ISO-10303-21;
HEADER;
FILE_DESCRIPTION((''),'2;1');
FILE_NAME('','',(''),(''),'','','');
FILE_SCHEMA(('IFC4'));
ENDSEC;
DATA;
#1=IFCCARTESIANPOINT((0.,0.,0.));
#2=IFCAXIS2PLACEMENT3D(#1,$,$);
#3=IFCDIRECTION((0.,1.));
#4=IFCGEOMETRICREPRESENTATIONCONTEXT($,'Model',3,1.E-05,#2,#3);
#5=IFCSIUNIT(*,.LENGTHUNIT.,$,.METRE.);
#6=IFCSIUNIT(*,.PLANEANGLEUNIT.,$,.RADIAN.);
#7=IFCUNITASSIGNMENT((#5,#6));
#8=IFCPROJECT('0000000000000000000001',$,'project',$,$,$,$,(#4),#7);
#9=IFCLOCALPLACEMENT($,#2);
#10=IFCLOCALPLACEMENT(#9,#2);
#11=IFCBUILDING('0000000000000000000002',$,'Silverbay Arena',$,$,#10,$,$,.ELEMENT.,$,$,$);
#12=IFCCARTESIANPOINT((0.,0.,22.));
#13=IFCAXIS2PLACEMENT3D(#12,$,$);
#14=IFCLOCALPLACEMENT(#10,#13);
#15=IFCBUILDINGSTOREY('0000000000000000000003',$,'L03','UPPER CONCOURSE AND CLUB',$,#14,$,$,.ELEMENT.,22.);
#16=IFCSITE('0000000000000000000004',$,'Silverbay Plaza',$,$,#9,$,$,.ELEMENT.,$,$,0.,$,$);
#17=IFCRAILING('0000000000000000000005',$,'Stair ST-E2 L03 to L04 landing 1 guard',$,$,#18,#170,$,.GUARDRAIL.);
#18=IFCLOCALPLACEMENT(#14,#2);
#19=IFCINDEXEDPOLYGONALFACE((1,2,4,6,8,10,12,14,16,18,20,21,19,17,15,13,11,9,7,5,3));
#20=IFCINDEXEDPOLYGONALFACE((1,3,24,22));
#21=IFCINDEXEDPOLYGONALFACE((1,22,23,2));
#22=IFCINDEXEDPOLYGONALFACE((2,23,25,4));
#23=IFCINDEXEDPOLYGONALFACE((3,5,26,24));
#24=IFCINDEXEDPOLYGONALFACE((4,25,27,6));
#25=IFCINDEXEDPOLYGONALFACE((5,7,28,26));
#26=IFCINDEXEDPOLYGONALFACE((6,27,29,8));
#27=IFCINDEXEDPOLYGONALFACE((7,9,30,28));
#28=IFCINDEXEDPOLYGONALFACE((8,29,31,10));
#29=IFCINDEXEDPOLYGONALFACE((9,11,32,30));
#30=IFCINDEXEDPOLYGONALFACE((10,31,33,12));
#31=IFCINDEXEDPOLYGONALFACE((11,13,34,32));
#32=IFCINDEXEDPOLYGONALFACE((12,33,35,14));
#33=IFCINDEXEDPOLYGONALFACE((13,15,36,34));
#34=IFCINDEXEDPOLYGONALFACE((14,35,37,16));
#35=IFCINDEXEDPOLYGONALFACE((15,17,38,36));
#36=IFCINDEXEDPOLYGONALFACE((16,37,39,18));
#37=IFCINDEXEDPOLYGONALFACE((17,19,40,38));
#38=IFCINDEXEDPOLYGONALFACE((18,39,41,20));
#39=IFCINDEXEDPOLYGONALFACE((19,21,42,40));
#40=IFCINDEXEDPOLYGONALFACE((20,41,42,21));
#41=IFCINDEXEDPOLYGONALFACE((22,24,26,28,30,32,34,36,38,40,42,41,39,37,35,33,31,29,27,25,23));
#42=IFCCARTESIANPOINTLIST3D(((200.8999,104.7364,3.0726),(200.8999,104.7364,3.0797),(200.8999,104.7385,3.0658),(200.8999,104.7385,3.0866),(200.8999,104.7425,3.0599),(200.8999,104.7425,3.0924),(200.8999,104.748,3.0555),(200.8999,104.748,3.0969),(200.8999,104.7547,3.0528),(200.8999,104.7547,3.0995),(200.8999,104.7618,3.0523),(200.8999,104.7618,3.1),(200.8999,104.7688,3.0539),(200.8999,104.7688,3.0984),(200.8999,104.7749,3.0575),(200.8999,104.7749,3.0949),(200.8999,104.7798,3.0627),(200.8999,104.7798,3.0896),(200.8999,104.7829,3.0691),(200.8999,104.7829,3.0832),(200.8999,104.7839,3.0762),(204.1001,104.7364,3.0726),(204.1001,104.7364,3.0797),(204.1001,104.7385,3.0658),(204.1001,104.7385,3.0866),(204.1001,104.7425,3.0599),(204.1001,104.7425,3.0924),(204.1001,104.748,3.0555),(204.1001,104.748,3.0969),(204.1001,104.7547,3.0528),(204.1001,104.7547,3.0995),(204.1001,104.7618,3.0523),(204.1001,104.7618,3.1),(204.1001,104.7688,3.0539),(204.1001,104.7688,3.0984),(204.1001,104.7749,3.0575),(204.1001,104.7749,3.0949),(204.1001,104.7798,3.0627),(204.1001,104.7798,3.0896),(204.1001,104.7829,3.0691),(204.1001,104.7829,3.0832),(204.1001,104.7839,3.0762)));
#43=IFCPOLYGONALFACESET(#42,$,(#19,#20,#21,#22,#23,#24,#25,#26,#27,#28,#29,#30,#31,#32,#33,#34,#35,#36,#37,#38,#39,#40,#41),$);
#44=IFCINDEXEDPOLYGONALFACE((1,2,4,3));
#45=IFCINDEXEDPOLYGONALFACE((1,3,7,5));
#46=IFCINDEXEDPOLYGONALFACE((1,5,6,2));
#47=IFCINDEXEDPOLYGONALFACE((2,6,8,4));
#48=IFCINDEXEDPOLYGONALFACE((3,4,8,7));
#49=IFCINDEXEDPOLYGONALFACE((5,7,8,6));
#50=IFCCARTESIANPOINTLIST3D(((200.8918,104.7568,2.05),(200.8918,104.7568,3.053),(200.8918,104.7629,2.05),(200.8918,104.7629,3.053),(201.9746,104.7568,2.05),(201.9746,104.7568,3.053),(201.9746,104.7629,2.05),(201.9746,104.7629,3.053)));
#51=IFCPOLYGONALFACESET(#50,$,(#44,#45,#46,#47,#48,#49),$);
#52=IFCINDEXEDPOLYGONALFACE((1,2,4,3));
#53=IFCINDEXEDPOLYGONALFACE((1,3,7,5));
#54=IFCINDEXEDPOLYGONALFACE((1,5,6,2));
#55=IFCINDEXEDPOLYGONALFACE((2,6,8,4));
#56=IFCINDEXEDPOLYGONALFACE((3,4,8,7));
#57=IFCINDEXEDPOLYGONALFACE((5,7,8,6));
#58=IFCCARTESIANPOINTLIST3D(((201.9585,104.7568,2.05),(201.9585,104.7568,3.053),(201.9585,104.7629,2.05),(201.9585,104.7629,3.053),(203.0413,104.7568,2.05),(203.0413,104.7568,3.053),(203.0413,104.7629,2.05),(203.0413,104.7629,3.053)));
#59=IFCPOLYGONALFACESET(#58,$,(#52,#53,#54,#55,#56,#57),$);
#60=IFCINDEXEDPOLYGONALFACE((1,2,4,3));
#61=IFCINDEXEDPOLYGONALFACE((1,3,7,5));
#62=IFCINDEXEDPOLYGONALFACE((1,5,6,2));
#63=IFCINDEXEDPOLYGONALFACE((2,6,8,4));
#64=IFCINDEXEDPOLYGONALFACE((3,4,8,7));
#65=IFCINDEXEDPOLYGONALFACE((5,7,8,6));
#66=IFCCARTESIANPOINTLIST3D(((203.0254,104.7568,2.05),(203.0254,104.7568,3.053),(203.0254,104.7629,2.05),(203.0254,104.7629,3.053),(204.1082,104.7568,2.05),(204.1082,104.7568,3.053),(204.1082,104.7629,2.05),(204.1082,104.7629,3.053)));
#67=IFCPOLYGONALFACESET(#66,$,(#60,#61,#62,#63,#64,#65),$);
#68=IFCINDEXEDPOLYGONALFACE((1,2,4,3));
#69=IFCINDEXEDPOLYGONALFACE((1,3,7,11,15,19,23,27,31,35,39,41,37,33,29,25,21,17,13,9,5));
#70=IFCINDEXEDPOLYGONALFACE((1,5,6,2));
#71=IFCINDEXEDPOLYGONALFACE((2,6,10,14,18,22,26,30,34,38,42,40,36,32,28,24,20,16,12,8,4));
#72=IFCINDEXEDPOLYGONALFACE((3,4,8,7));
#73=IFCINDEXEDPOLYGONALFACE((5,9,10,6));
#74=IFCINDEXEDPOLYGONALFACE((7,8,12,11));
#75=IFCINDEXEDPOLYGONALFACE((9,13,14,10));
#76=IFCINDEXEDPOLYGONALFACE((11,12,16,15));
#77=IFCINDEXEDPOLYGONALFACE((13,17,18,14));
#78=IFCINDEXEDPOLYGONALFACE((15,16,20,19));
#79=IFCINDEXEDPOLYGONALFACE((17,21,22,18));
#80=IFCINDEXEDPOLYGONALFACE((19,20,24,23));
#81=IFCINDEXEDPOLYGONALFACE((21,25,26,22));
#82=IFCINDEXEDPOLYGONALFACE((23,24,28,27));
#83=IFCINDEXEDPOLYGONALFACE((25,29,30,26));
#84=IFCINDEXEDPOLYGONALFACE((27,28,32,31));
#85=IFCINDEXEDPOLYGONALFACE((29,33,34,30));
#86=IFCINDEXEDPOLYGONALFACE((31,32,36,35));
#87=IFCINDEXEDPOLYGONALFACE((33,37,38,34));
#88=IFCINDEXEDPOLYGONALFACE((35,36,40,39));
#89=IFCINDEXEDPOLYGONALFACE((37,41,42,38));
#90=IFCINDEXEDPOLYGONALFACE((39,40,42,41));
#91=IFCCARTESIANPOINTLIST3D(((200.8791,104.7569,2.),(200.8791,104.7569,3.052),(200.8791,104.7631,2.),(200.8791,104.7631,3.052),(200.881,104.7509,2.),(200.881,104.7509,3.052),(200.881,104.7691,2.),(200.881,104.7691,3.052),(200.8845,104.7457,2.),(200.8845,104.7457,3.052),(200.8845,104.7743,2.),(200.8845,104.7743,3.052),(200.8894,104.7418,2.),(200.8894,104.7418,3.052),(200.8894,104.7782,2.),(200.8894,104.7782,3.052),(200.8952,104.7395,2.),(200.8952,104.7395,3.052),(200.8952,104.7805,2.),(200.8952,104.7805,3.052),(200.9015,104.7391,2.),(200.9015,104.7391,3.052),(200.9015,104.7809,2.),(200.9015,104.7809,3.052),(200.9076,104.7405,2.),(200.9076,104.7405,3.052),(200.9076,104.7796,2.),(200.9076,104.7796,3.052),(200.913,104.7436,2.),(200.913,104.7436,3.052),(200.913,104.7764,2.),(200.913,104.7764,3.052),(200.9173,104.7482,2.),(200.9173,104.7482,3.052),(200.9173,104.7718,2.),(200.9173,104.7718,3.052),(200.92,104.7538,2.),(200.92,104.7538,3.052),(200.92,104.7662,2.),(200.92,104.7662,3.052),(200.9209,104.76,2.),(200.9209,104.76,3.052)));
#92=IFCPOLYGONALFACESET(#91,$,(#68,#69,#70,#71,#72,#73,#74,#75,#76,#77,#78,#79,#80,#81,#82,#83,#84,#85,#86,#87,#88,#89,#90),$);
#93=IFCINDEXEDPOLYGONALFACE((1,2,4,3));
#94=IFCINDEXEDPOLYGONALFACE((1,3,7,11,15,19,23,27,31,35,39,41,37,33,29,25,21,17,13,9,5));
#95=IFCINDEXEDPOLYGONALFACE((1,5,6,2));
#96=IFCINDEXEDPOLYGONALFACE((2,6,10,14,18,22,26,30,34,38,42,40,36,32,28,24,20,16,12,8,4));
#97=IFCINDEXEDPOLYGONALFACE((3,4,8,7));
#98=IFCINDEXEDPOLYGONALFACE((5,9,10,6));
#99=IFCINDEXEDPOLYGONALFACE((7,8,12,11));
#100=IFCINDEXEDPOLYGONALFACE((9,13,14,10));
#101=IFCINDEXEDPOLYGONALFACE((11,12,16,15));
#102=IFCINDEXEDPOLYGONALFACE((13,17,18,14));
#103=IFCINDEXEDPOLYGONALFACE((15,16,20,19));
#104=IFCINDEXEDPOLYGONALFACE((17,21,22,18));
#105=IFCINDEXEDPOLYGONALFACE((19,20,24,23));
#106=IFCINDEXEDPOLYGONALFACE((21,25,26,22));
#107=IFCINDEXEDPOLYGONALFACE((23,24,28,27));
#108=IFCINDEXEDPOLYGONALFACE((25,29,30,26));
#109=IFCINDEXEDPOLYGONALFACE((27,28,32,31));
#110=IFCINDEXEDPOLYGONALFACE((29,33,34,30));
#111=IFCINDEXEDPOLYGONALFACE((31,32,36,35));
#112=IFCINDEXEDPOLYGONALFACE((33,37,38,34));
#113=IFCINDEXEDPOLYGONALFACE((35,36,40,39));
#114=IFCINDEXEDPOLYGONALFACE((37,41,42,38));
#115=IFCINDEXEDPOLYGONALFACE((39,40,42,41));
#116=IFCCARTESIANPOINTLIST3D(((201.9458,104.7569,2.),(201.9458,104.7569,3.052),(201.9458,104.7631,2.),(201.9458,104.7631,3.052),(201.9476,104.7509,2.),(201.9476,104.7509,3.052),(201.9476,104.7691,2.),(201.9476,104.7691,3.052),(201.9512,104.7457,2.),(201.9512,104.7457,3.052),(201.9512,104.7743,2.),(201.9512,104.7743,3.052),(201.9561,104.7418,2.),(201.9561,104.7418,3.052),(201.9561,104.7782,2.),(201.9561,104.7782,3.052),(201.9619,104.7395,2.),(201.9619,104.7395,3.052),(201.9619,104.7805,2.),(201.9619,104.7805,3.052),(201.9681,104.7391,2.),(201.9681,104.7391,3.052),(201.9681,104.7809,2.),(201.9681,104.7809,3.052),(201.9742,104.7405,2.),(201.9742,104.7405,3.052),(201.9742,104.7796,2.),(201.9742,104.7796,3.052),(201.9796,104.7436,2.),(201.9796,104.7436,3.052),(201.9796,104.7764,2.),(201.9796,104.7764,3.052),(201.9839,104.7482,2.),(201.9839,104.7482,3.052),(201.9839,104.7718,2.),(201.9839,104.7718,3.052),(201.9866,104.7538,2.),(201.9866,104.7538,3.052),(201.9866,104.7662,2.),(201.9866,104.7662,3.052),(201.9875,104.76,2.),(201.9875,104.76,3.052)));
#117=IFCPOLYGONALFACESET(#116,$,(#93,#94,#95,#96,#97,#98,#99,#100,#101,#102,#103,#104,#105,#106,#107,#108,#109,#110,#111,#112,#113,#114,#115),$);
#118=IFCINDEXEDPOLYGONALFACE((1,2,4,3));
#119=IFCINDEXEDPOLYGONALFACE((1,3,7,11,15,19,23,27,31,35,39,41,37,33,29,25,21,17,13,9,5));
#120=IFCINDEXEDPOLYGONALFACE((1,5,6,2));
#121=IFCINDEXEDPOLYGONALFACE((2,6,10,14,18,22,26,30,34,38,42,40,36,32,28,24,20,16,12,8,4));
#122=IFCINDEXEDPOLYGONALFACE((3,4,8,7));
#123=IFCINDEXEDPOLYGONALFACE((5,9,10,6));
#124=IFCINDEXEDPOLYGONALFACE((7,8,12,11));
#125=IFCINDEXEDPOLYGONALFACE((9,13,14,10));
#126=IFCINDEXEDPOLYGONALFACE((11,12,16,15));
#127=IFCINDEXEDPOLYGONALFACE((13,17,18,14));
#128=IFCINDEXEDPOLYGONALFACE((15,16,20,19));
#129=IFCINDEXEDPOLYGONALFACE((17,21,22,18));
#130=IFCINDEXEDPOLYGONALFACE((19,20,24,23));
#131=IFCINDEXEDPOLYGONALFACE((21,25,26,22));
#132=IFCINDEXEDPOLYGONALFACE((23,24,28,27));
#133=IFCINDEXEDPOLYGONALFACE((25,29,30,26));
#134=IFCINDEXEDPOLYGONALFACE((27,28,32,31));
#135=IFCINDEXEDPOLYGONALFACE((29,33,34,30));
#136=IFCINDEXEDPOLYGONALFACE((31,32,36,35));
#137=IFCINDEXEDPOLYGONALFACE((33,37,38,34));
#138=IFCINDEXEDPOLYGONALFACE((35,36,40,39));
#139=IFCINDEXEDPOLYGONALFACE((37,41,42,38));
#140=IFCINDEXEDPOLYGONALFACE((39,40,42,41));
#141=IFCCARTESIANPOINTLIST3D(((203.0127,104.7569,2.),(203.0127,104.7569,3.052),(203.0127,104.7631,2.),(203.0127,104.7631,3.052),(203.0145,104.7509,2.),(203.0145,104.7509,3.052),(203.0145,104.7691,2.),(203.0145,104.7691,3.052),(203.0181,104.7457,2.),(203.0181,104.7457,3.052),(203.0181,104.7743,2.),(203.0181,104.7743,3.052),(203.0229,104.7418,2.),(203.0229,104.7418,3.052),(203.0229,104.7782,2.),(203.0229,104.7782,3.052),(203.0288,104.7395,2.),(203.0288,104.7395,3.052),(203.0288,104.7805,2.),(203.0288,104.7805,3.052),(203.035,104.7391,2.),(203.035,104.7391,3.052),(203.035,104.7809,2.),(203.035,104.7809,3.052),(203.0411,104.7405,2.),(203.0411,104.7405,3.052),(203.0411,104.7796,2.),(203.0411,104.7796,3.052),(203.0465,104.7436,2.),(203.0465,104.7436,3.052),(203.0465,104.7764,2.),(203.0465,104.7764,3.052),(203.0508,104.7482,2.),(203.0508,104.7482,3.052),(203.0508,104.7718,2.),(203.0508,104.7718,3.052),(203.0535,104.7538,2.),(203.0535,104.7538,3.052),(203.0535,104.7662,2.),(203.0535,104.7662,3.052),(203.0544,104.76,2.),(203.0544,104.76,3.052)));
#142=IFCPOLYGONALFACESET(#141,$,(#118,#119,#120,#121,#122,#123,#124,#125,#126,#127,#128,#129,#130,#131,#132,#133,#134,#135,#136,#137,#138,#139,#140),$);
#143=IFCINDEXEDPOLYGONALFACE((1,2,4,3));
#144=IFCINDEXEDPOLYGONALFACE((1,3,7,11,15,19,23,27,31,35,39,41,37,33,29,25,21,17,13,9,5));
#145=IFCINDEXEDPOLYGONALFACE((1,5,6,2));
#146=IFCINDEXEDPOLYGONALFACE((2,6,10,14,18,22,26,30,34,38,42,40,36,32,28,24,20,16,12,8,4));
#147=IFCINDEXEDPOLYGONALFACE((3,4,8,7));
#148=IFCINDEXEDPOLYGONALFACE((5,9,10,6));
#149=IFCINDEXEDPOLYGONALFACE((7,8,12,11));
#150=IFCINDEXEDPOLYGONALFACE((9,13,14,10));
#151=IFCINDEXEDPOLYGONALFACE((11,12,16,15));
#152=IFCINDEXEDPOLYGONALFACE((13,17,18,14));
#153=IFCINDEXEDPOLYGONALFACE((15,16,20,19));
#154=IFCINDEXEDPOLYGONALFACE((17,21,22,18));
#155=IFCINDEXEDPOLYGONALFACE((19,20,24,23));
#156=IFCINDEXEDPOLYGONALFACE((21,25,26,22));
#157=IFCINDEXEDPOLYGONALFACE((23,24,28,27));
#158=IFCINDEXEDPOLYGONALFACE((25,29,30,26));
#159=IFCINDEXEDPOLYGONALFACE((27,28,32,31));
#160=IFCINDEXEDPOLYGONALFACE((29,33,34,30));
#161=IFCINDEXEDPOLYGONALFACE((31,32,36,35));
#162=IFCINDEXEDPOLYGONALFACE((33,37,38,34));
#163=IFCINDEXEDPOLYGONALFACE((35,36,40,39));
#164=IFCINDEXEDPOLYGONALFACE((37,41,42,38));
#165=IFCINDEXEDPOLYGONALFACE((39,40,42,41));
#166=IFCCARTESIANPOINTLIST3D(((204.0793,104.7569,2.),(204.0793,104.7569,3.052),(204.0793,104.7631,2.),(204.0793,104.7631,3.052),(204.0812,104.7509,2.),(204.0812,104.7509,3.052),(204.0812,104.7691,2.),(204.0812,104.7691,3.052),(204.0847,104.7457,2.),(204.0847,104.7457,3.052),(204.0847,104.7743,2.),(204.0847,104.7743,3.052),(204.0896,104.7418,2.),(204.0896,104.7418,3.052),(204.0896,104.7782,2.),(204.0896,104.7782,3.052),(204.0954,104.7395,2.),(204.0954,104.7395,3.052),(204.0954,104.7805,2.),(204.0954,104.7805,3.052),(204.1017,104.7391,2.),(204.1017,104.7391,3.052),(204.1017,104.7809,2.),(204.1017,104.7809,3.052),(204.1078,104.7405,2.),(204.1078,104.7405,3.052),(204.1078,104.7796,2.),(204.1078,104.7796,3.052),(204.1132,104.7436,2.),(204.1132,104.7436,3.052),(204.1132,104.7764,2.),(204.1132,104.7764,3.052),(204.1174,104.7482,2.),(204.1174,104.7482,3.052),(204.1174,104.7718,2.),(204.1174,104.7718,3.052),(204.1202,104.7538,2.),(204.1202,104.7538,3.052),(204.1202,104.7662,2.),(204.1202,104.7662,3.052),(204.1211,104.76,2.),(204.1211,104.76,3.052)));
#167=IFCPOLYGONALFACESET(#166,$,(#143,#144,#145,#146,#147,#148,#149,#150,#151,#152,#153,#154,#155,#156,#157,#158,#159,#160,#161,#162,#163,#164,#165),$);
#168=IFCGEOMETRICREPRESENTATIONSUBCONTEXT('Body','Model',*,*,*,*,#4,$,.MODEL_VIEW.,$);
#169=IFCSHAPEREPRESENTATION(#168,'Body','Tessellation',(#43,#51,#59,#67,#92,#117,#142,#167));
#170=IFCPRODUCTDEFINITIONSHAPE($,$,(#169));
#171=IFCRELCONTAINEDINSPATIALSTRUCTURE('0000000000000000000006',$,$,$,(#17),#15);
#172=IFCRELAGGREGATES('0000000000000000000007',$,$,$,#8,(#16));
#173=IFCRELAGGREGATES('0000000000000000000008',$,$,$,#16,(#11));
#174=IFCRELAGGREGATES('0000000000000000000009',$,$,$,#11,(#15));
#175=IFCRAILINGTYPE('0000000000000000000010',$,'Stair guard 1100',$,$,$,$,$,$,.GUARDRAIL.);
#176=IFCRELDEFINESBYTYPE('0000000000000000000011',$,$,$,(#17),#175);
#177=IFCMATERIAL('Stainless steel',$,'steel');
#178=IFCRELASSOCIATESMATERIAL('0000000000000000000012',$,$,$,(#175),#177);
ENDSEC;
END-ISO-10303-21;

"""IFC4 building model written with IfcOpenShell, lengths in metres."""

from ifc_helpers import new_model, si_unit, direction, frame, origin, origin_2d, place, context, subcontext, project, spatial, polyline, circle, outline, extrude, material, type_object, element, save


model = new_model("IFC4")

# Units and contexts
model_context = context("Model", 3, precision=1e-05, world=origin(), true_north=direction((0.0, 1.0)))
body_context = subcontext(model_context, "Body", "Model", "MODEL_VIEW")
ifc_project = project(units=[si_unit("LENGTHUNIT", "METRE"), si_unit("PLANEANGLEUNIT", "RADIAN")], contexts=[model_context])

# Site, building, storey
site_placement = place(None, origin())
site = spatial("IfcSite", under=ifc_project, at=site_placement, Name="Silverbay Plaza", CompositionType="ELEMENT", RefElevation=0.0)
building_placement = place(site_placement, origin())
building = spatial("IfcBuilding", under=site, at=building_placement, Name="Silverbay Arena", CompositionType="ELEMENT")
storey_placement = place(building_placement, frame((0.0, 0.0, 22.0)))
storey = spatial("IfcBuildingStorey", under=building, at=storey_placement, Name="L03", Description="UPPER CONCOURSE AND CLUB", CompositionType="ELEMENT", Elevation=22.0)

# Railing
ifc_material_1 = material(Name="Stainless steel", Category="steel")
railing_type_1 = type_object("IfcRailingType", Name="Stair guard 1100", PredefinedType="GUARDRAIL", material=ifc_material_1)
for number, where, name in (
    (1, (200.8999, 104.76, 2.0), "Stair ST-E2 L03 to L04 landing 1 guard"),
):
    element("IfcRailing", number, at=place(storey_placement, frame(where)), inside=storey, type_object=railing_type_1, Name=name, PredefinedType="GUARDRAIL", context=body_context, shape_type="SweptSolid", body=[
        extrude(circle(Radius=0.0239, at=origin_2d()), frame((0.0, 0.0, 1.0762), z_axis=(1.0, 0.0, 0.0), x_axis=(0.0, 1.0, 0.0)), (0.0, 0.0, 1.0), 3.2002),
        extrude(outline(polyline([(-0.0081, 0.05), (1.0747, 0.05), (1.0747, 1.053), (-0.0081, 1.053), (-0.0081, 0.05)])), frame((0.0, 0.0029, 0.0), z_axis=(0.0, -1.0, 0.0), x_axis=(1.0, 0.0, 0.0)), (0.0, 0.0, 1.0), 0.0061),
        extrude(outline(polyline([(-0.0081, 0.05), (1.0747, 0.05), (1.0747, 1.053), (-0.0081, 1.053), (-0.0081, 0.05)])), frame((1.0667, 0.0029, 0.0), z_axis=(0.0, -1.0, 0.0), x_axis=(1.0, 0.0, 0.0)), (0.0, 0.0, 1.0), 0.0061),
        extrude(outline(polyline([(-0.0081, 0.05), (1.0747, 0.05), (1.0747, 1.053), (-0.0081, 1.053), (-0.0081, 0.05)])), frame((2.1335, 0.0029, 0.0), z_axis=(0.0, -1.0, 0.0), x_axis=(1.0, 0.0, 0.0)), (0.0, 0.0, 1.0), 0.0061),
        extrude(circle(Radius=0.021, at=origin_2d()), origin(), (0.0, 0.0, 1.0), 1.052),
        extrude(circle(Radius=0.021, at=origin_2d()), frame((1.0667, 0.0, 0.0)), (0.0, 0.0, 1.0), 1.052),
        extrude(circle(Radius=0.021, at=origin_2d()), frame((2.1335, 0.0, 0.0)), (0.0, 0.0, 1.0), 1.052),
        extrude(circle(Radius=0.021, at=origin_2d()), frame((3.2002, 0.0, 0.0)), (0.0, 0.0, 1.0), 1.052),
    ])

save(model, "model.ifc")
